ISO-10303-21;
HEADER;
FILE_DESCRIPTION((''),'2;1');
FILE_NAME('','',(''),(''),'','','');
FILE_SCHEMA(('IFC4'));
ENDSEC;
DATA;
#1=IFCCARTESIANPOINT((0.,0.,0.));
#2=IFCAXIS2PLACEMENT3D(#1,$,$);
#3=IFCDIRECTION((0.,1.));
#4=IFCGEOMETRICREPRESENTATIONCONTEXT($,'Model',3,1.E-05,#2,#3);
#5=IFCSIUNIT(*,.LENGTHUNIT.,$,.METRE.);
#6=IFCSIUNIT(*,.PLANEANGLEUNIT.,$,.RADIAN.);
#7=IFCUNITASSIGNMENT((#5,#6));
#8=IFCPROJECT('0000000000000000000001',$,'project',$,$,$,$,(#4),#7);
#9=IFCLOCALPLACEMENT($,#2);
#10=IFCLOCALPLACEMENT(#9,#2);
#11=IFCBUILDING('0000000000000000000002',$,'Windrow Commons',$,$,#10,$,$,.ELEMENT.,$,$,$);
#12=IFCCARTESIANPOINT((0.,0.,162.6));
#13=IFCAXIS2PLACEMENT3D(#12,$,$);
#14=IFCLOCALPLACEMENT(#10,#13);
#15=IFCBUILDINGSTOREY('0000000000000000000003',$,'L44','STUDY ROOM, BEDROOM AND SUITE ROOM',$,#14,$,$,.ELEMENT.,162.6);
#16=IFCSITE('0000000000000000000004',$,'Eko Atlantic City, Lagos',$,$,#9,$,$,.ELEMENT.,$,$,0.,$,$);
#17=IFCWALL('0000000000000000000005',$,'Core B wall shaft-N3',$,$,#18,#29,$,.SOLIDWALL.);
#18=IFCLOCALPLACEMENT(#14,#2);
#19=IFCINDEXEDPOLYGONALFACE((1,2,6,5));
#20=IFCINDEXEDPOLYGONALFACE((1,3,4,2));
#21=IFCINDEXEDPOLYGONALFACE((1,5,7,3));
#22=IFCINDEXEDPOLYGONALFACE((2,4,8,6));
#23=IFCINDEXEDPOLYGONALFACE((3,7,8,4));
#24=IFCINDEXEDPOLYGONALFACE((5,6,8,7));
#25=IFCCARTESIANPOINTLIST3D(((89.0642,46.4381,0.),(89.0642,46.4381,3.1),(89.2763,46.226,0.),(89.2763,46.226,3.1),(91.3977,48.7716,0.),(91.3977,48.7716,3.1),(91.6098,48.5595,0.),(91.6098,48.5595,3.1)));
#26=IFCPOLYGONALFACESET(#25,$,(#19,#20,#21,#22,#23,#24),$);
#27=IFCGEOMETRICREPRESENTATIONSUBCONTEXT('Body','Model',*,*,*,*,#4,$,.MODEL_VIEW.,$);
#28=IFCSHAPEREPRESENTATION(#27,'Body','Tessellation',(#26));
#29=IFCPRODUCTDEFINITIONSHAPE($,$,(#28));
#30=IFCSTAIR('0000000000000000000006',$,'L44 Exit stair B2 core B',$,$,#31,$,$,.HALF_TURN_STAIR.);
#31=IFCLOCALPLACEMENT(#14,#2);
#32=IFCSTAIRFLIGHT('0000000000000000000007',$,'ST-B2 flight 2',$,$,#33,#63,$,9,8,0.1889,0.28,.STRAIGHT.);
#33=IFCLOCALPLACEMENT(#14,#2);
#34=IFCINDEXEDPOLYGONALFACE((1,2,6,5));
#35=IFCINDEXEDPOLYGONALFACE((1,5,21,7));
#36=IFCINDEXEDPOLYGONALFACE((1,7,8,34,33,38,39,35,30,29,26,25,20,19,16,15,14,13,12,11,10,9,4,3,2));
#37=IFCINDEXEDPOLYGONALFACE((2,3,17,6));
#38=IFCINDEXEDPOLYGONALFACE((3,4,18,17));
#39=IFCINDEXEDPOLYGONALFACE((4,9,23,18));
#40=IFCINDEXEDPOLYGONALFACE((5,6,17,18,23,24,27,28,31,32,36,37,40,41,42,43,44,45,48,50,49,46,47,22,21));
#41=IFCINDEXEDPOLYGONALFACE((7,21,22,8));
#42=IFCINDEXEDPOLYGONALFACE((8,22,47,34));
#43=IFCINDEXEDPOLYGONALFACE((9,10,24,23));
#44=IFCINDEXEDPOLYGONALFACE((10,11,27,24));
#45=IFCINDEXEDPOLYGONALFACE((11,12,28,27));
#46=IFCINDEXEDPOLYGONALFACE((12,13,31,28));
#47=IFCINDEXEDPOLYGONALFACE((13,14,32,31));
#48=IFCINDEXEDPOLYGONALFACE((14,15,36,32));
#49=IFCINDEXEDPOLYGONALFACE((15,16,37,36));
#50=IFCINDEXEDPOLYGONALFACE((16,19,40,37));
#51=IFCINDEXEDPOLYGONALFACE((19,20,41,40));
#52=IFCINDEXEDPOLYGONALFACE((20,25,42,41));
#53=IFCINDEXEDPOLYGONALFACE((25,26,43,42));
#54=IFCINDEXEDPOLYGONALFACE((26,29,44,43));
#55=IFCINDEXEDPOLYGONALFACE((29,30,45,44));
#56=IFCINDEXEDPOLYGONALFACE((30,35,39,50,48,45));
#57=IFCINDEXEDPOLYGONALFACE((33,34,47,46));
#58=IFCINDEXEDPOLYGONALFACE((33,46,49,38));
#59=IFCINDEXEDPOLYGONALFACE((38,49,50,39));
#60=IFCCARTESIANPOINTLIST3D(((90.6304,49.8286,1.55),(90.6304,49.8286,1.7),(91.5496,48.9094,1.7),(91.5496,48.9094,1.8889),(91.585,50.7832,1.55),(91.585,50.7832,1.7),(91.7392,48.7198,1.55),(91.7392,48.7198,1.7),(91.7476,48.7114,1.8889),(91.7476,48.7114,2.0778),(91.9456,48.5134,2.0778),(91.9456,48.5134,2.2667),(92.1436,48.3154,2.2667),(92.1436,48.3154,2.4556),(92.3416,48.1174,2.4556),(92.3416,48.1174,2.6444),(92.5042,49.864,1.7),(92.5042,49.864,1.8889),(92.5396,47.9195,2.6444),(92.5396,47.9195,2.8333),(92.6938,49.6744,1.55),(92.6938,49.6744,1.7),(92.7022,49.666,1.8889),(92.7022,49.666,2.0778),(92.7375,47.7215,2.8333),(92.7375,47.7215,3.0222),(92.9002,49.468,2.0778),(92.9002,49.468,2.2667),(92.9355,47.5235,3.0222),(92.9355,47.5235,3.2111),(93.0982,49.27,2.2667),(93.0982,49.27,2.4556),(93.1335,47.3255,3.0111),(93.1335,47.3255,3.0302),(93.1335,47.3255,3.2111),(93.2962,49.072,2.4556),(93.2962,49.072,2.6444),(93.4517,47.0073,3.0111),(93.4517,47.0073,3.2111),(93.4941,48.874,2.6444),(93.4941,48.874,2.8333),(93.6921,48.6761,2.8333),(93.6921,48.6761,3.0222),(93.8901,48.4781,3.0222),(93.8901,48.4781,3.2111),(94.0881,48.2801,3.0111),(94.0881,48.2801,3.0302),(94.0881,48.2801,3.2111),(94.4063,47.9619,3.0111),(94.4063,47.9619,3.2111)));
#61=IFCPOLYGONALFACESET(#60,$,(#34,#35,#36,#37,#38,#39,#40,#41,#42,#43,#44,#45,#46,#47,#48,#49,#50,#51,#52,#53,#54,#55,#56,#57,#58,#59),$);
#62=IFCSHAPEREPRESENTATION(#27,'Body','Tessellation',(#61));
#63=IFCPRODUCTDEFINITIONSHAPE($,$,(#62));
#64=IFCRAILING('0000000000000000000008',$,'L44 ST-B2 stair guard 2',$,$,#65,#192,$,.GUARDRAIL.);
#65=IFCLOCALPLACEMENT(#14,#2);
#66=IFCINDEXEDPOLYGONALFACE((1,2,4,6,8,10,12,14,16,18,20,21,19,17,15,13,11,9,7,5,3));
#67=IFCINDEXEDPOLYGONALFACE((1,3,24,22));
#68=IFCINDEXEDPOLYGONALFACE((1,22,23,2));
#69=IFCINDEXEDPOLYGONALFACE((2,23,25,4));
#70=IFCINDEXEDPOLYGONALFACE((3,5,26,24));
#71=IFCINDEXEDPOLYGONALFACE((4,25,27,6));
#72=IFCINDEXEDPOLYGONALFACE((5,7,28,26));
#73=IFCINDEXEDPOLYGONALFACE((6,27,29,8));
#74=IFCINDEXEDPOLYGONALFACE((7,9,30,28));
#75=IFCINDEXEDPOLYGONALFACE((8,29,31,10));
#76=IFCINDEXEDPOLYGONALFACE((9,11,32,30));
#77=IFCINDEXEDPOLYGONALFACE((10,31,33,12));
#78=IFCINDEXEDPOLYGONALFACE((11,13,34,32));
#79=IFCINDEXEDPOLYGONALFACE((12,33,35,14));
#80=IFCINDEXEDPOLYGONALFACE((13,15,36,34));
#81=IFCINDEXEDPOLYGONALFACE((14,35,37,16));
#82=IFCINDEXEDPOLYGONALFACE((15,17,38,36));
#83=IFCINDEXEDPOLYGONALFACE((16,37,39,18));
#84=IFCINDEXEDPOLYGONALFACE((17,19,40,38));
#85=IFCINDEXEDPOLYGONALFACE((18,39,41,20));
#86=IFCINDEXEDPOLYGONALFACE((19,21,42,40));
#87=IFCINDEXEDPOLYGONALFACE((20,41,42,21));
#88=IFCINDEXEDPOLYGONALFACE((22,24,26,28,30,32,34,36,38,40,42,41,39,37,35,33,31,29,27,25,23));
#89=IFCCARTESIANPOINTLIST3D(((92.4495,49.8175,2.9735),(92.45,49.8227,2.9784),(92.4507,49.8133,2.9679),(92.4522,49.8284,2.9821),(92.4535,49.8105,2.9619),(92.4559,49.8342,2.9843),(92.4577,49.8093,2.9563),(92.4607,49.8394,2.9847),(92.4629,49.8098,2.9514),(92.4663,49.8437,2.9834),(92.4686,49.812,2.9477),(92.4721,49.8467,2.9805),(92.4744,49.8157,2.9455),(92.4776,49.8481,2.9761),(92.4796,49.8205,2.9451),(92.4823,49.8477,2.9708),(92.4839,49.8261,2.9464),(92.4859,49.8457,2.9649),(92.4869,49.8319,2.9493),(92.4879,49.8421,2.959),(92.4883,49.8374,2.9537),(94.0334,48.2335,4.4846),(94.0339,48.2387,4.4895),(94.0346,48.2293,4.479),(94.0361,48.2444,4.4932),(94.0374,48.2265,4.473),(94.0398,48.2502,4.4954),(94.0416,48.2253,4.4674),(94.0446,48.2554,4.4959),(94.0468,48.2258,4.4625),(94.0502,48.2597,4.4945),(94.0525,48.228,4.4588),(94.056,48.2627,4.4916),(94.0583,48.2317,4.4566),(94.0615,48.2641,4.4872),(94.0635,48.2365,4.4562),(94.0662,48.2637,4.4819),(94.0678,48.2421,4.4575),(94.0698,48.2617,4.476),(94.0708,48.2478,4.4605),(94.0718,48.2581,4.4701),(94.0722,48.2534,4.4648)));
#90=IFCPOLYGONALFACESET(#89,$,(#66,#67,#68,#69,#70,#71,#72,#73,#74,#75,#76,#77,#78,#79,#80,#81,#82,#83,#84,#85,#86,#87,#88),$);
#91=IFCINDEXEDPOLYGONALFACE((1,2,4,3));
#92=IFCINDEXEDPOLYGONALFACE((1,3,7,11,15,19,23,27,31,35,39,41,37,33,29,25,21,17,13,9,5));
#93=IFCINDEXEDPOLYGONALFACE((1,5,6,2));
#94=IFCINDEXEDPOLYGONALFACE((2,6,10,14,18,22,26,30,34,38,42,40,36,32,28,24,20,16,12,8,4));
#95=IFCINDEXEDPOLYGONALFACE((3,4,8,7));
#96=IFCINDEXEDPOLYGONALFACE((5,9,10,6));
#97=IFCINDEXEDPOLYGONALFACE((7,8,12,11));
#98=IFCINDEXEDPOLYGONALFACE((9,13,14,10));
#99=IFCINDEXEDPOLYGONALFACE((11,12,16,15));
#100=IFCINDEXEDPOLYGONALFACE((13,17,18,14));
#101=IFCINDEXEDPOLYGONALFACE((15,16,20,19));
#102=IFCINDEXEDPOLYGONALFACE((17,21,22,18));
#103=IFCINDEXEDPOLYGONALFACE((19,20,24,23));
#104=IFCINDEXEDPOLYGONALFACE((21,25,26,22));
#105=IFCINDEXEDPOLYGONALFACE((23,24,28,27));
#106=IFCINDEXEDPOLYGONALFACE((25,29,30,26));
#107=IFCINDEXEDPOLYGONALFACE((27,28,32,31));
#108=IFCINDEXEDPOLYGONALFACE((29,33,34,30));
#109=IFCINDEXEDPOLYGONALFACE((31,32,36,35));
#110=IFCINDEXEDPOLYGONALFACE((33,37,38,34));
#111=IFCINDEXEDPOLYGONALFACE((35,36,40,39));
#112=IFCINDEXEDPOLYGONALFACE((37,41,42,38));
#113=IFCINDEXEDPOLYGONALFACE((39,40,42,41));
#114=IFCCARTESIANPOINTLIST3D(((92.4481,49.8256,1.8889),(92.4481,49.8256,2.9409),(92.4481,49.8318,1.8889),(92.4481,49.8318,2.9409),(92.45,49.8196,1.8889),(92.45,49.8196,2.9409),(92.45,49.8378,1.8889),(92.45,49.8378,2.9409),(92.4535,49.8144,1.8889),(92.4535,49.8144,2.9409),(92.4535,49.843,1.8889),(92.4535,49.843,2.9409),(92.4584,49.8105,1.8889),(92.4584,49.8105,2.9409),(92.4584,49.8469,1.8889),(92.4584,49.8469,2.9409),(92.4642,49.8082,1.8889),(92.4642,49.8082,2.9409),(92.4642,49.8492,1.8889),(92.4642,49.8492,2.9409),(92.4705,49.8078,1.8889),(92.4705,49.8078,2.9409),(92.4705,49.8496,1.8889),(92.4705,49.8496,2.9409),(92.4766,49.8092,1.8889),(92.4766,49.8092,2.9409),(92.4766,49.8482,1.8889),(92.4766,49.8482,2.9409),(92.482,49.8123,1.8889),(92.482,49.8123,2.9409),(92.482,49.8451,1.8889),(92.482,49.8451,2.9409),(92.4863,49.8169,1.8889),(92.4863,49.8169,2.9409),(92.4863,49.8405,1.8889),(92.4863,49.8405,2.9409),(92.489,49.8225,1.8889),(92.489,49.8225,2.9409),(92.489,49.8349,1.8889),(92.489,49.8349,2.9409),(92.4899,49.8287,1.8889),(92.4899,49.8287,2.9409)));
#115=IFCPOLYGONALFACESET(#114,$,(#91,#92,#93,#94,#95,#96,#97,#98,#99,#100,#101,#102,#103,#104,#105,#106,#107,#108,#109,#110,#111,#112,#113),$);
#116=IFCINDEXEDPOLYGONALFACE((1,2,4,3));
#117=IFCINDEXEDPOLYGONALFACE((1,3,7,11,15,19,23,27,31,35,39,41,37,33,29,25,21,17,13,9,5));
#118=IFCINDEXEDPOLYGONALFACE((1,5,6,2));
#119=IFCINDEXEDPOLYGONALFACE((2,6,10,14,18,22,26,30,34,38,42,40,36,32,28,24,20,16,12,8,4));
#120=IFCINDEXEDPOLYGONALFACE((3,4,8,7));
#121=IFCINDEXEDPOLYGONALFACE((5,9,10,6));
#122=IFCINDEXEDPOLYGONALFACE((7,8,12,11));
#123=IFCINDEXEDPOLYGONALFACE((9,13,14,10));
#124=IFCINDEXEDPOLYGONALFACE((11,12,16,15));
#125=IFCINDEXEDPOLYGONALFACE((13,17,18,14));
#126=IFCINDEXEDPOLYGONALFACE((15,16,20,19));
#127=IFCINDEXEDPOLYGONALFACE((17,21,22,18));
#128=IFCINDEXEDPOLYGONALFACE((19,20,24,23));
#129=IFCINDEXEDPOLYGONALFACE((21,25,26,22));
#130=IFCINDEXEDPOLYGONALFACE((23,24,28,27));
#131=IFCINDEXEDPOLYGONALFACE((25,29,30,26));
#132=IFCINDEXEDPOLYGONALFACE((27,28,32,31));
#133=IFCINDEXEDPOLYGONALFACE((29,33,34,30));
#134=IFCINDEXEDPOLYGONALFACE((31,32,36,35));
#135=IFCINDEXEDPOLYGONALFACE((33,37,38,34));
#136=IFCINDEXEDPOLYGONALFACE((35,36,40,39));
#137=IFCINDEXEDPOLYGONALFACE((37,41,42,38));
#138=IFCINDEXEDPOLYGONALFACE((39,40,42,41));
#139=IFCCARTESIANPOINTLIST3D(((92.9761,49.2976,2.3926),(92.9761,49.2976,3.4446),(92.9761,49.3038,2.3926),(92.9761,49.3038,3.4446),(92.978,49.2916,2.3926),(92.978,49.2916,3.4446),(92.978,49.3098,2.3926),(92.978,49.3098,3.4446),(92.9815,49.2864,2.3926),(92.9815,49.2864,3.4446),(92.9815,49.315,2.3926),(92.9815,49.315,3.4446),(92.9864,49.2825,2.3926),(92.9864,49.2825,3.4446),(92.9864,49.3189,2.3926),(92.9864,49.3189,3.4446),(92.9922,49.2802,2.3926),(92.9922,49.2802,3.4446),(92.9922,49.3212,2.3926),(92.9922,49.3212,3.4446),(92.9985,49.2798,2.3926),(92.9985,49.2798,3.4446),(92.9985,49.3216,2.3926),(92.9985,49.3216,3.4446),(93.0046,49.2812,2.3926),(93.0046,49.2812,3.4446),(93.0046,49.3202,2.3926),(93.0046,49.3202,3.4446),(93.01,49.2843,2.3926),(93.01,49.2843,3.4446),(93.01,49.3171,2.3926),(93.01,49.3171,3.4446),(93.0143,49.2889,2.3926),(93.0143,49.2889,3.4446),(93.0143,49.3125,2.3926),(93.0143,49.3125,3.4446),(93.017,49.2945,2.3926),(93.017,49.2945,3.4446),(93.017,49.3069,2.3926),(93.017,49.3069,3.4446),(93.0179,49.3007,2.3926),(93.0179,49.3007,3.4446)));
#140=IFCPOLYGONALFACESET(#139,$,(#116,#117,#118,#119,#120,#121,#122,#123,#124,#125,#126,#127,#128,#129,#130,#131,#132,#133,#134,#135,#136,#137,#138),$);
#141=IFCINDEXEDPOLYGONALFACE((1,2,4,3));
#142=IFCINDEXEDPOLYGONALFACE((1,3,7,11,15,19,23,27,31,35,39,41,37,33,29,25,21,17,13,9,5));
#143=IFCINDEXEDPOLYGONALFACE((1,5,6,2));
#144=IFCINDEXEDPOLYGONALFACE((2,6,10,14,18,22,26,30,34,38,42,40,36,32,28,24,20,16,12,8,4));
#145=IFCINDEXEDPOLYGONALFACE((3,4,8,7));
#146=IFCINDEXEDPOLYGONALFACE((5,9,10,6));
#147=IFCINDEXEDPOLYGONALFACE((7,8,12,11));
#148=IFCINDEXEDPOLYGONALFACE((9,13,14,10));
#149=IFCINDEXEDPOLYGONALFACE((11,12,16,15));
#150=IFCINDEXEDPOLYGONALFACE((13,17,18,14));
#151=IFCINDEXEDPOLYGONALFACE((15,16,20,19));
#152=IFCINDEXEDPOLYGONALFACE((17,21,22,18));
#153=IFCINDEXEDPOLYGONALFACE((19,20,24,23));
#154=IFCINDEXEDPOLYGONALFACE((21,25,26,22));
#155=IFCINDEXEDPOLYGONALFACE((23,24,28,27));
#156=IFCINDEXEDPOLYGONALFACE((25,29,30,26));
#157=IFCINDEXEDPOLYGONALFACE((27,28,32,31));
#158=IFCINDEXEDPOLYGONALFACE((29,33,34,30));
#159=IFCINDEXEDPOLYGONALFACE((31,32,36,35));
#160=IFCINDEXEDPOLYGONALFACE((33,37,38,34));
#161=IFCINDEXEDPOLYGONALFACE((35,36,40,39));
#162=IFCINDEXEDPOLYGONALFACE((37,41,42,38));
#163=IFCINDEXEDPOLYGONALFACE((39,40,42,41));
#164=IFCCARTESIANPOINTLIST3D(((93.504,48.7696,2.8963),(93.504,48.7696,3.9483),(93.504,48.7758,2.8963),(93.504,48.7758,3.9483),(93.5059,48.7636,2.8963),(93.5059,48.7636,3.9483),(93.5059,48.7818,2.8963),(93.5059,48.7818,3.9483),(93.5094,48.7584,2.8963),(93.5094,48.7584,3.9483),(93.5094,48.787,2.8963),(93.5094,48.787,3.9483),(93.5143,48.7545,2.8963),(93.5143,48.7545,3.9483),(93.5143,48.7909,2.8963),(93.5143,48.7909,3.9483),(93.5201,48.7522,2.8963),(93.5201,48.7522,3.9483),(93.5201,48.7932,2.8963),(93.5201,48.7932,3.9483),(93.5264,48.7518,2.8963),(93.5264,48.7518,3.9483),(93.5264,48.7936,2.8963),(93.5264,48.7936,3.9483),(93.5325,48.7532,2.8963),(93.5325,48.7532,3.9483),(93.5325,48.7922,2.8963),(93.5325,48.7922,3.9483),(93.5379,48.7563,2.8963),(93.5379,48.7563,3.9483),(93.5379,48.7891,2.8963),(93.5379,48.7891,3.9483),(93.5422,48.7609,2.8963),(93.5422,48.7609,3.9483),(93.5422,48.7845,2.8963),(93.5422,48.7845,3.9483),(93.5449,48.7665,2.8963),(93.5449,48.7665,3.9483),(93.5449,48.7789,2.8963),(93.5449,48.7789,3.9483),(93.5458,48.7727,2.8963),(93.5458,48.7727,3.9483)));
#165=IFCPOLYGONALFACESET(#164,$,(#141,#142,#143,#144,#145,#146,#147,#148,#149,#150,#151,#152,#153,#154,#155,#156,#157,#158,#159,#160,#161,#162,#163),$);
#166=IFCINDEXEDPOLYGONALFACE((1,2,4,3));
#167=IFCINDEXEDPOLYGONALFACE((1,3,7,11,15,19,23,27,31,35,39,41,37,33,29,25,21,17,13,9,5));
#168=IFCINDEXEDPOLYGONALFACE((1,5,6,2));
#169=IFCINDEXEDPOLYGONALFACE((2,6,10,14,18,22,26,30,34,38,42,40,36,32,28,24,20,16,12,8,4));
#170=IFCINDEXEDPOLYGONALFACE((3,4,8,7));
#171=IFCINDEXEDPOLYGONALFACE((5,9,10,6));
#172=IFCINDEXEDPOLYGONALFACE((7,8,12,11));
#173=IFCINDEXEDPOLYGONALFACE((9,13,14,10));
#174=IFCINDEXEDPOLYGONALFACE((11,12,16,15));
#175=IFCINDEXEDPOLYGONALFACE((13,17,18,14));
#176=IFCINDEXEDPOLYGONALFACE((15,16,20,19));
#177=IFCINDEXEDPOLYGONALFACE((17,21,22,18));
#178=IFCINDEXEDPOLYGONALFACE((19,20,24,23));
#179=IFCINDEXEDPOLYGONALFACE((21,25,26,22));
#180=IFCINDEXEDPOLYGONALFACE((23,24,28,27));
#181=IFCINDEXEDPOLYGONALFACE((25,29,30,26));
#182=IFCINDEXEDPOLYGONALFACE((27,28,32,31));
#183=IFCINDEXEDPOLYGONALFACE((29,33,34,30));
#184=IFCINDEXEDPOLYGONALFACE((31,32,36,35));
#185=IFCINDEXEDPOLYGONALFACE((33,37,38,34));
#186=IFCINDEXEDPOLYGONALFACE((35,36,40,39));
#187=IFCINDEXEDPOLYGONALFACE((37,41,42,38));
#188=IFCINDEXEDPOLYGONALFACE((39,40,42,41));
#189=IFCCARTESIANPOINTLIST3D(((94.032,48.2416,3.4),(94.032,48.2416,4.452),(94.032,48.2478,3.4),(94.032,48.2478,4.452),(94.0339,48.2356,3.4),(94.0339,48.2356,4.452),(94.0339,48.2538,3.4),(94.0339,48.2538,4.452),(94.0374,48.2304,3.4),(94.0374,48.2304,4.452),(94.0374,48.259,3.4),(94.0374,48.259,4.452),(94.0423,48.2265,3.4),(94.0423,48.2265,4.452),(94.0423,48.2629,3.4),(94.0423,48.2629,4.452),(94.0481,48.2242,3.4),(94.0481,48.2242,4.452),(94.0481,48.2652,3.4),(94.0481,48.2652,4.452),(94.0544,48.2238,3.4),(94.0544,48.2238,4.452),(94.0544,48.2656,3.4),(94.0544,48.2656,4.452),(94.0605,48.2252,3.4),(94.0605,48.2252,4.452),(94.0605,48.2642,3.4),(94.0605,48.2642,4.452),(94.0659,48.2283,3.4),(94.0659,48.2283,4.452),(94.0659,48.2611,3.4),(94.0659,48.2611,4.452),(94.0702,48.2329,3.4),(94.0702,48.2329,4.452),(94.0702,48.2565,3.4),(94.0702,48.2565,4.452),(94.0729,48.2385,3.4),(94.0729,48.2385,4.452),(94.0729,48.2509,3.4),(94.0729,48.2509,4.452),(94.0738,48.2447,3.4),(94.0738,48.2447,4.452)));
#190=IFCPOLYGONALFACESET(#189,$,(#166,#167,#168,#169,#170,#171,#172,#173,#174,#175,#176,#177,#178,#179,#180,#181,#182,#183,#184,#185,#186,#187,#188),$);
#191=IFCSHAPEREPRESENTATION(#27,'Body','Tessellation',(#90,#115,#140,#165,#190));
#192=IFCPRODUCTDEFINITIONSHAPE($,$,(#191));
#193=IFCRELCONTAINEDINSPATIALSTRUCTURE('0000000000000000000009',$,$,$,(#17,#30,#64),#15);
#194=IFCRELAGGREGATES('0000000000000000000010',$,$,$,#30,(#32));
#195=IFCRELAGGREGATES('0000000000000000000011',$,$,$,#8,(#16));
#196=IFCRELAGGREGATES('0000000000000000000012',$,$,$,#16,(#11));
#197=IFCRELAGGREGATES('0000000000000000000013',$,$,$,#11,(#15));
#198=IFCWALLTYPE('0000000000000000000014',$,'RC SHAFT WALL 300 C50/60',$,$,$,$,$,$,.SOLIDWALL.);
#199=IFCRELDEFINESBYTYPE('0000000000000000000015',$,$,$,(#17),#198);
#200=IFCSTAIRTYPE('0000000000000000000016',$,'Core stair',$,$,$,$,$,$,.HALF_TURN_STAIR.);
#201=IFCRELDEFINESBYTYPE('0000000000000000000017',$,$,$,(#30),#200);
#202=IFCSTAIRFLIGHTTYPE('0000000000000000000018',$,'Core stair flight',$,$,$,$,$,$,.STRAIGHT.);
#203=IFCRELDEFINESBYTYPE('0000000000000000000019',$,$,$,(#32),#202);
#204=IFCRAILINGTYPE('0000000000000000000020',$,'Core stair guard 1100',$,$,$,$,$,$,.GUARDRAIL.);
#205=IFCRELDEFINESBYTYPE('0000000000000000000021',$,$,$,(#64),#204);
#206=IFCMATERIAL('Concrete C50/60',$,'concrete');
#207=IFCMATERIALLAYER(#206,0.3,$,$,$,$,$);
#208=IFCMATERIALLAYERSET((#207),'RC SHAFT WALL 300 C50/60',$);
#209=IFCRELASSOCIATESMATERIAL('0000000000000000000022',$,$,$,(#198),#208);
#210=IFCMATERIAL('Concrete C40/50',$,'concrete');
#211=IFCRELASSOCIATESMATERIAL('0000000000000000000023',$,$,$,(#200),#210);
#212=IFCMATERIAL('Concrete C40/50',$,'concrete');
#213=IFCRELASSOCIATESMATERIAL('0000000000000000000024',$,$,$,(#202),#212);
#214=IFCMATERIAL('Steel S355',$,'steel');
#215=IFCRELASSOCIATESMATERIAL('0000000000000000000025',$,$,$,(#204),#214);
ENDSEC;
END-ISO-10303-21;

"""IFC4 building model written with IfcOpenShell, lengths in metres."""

from ifc_helpers import new_model, si_unit, direction, frame, frame_2d, origin, origin_2d, place, context, subcontext, project, spatial, polyline, rectangle, circle, outline, extrude, material, layer, layer_set, type_object, element, aggregate, save


model = new_model("IFC4")

# Units and contexts
model_context = context("Model", 3, precision=1e-05, world=origin(), true_north=direction((0.0, 1.0)))
body_context = subcontext(model_context, "Body", "Model", "MODEL_VIEW")
ifc_project = project(units=[si_unit("LENGTHUNIT", "METRE"), si_unit("PLANEANGLEUNIT", "RADIAN")], contexts=[model_context])

# Site, building, storey
site_placement = place(None, origin())
site = spatial("IfcSite", under=ifc_project, at=site_placement, Name="Eko Atlantic City, Lagos", CompositionType="ELEMENT", RefElevation=0.0)
building_placement = place(site_placement, origin())
building = spatial("IfcBuilding", under=site, at=building_placement, Name="Windrow Commons", CompositionType="ELEMENT")
storey_placement = place(building_placement, frame((0.0, 0.0, 162.6)))
storey = spatial("IfcBuildingStorey", under=building, at=storey_placement, Name="L44", Description="STUDY ROOM, BEDROOM AND SUITE ROOM", CompositionType="ELEMENT", Elevation=162.6)

# Wall
ifc_material_1 = material(Name="Concrete C50/60", Category="concrete")
ifc_layer_1 = layer(ifc_material_1, 0.3)
ifc_layer_set_1 = layer_set([ifc_layer_1], Name="RC SHAFT WALL 300 C50/60")
wall_type_1 = type_object("IfcWallType", Name="RC SHAFT WALL 300 C50/60", PredefinedType="SOLIDWALL", material=ifc_layer_set_1)
wall_1_placement = place(storey_placement, frame((89.1702, 46.332, 0.0), z_axis=(0.0, 0.0, 1.0), x_axis=(0.707107, 0.707107, 0.0)))
element("IfcWall", 1, at=wall_1_placement, inside=storey, type_object=wall_type_1, Name="Core B wall shaft-N3", PredefinedType="SOLIDWALL", context=body_context, shape_type="SweptSolid", body=[
    extrude(rectangle(XDim=3.3001, YDim=0.3, at=frame_2d((1.6501, 0.0))), origin(), (0.0, 0.0, 1.0), 3.1),
])

# Stair, stair flight
ifc_material_2 = material(Name="Concrete C40/50", Category="concrete")
stair_type = type_object("IfcStairType", Name="Core stair", PredefinedType="HALF_TURN_STAIR", material=ifc_material_2)
stair_placement = place(storey_placement, origin())
stair = element("IfcStair", 2, at=stair_placement, inside=storey, type_object=stair_type, Name="L44 Exit stair B2 core B", PredefinedType="HALF_TURN_STAIR")
ifc_material_3 = material(Name="Concrete C40/50", Category="concrete")
stair_flight_type = type_object("IfcStairFlightType", Name="Core stair flight", PredefinedType="STRAIGHT", material=ifc_material_3)
stair_flight_placement = place(storey_placement, frame((92.0269, 49.3867, 1.7), z_axis=(0.0, 0.0, 1.0), x_axis=(0.707107, -0.707107, 0.0)))
stair_flight = element("IfcStairFlight", 3, at=stair_flight_placement, type_object=stair_flight_type, Name="ST-B2 flight 2", NumberOfRisers=9, NumberOfTreads=8, PredefinedType="STRAIGHT", RiserHeight=0.1889, TreadLength=0.28, context=body_context, shape_type="SweptSolid", body=[
    extrude(outline(polyline([(-1.3, -0.15), (-1.3, 0.0), (0.0, 0.0), (0.0, 0.1889), (0.28, 0.1889), (0.28, 0.3778), (0.56, 0.3778), (0.56, 0.5667), (0.84, 0.5667), (0.84, 0.7556), (1.12, 0.7556), (1.12, 0.9444), (1.4, 0.9444), (1.4, 1.1333), (1.68, 1.1333), (1.68, 1.3222), (1.96, 1.3222), (1.96, 1.5111), (2.24, 1.5111), (2.69, 1.5111), (2.69, 1.3111), (2.24, 1.3111), (2.24, 1.3302), (0.2682, 0.0), (0.2682, -0.15), (-1.3, -0.15)])), frame((0.0, 0.675, 0.0), z_axis=(0.0, -1.0, 0.0), x_axis=(1.0, 0.0, 0.0)), (0.0, 0.0, 1.0), 1.35),
])
aggregate(stair, [stair_flight])

# Railing
ifc_material_4 = material(Name="Steel S355", Category="steel")
railing_type_1 = type_object("IfcRailingType", Name="Core stair guard 1100", PredefinedType="GUARDRAIL", material=ifc_material_4)
railing_1_placement = place(storey_placement, frame((92.4689, 49.8287, 1.8889)))
element("IfcRailing", 4, at=railing_1_placement, inside=storey, type_object=railing_type_1, Name="L44 ST-B2 stair guard 2", PredefinedType="GUARDRAIL", context=body_context, shape_type="SweptSolid", body=[
    extrude(circle(Radius=0.024, at=origin_2d()), frame((0.0, 0.0, 1.076), z_axis=(0.586179, -0.586216, 0.559237), x_axis=(0.707129, 0.707084, 0.0)), (0.0, 0.0, 1.0), 2.7021),
    extrude(circle(Radius=0.021, at=origin_2d()), origin(), (0.0, 0.0, 1.0), 1.052),
    extrude(circle(Radius=0.021, at=origin_2d()), frame((0.528, -0.528, 0.5037)), (0.0, 0.0, 1.0), 1.052),
    extrude(circle(Radius=0.021, at=origin_2d()), frame((1.0559, -1.056, 1.0074)), (0.0, 0.0, 1.0), 1.052),
    extrude(circle(Radius=0.021, at=origin_2d()), frame((1.5839, -1.584, 1.5111)), (0.0, 0.0, 1.0), 1.052),
])

save(model, "model.ifc")
